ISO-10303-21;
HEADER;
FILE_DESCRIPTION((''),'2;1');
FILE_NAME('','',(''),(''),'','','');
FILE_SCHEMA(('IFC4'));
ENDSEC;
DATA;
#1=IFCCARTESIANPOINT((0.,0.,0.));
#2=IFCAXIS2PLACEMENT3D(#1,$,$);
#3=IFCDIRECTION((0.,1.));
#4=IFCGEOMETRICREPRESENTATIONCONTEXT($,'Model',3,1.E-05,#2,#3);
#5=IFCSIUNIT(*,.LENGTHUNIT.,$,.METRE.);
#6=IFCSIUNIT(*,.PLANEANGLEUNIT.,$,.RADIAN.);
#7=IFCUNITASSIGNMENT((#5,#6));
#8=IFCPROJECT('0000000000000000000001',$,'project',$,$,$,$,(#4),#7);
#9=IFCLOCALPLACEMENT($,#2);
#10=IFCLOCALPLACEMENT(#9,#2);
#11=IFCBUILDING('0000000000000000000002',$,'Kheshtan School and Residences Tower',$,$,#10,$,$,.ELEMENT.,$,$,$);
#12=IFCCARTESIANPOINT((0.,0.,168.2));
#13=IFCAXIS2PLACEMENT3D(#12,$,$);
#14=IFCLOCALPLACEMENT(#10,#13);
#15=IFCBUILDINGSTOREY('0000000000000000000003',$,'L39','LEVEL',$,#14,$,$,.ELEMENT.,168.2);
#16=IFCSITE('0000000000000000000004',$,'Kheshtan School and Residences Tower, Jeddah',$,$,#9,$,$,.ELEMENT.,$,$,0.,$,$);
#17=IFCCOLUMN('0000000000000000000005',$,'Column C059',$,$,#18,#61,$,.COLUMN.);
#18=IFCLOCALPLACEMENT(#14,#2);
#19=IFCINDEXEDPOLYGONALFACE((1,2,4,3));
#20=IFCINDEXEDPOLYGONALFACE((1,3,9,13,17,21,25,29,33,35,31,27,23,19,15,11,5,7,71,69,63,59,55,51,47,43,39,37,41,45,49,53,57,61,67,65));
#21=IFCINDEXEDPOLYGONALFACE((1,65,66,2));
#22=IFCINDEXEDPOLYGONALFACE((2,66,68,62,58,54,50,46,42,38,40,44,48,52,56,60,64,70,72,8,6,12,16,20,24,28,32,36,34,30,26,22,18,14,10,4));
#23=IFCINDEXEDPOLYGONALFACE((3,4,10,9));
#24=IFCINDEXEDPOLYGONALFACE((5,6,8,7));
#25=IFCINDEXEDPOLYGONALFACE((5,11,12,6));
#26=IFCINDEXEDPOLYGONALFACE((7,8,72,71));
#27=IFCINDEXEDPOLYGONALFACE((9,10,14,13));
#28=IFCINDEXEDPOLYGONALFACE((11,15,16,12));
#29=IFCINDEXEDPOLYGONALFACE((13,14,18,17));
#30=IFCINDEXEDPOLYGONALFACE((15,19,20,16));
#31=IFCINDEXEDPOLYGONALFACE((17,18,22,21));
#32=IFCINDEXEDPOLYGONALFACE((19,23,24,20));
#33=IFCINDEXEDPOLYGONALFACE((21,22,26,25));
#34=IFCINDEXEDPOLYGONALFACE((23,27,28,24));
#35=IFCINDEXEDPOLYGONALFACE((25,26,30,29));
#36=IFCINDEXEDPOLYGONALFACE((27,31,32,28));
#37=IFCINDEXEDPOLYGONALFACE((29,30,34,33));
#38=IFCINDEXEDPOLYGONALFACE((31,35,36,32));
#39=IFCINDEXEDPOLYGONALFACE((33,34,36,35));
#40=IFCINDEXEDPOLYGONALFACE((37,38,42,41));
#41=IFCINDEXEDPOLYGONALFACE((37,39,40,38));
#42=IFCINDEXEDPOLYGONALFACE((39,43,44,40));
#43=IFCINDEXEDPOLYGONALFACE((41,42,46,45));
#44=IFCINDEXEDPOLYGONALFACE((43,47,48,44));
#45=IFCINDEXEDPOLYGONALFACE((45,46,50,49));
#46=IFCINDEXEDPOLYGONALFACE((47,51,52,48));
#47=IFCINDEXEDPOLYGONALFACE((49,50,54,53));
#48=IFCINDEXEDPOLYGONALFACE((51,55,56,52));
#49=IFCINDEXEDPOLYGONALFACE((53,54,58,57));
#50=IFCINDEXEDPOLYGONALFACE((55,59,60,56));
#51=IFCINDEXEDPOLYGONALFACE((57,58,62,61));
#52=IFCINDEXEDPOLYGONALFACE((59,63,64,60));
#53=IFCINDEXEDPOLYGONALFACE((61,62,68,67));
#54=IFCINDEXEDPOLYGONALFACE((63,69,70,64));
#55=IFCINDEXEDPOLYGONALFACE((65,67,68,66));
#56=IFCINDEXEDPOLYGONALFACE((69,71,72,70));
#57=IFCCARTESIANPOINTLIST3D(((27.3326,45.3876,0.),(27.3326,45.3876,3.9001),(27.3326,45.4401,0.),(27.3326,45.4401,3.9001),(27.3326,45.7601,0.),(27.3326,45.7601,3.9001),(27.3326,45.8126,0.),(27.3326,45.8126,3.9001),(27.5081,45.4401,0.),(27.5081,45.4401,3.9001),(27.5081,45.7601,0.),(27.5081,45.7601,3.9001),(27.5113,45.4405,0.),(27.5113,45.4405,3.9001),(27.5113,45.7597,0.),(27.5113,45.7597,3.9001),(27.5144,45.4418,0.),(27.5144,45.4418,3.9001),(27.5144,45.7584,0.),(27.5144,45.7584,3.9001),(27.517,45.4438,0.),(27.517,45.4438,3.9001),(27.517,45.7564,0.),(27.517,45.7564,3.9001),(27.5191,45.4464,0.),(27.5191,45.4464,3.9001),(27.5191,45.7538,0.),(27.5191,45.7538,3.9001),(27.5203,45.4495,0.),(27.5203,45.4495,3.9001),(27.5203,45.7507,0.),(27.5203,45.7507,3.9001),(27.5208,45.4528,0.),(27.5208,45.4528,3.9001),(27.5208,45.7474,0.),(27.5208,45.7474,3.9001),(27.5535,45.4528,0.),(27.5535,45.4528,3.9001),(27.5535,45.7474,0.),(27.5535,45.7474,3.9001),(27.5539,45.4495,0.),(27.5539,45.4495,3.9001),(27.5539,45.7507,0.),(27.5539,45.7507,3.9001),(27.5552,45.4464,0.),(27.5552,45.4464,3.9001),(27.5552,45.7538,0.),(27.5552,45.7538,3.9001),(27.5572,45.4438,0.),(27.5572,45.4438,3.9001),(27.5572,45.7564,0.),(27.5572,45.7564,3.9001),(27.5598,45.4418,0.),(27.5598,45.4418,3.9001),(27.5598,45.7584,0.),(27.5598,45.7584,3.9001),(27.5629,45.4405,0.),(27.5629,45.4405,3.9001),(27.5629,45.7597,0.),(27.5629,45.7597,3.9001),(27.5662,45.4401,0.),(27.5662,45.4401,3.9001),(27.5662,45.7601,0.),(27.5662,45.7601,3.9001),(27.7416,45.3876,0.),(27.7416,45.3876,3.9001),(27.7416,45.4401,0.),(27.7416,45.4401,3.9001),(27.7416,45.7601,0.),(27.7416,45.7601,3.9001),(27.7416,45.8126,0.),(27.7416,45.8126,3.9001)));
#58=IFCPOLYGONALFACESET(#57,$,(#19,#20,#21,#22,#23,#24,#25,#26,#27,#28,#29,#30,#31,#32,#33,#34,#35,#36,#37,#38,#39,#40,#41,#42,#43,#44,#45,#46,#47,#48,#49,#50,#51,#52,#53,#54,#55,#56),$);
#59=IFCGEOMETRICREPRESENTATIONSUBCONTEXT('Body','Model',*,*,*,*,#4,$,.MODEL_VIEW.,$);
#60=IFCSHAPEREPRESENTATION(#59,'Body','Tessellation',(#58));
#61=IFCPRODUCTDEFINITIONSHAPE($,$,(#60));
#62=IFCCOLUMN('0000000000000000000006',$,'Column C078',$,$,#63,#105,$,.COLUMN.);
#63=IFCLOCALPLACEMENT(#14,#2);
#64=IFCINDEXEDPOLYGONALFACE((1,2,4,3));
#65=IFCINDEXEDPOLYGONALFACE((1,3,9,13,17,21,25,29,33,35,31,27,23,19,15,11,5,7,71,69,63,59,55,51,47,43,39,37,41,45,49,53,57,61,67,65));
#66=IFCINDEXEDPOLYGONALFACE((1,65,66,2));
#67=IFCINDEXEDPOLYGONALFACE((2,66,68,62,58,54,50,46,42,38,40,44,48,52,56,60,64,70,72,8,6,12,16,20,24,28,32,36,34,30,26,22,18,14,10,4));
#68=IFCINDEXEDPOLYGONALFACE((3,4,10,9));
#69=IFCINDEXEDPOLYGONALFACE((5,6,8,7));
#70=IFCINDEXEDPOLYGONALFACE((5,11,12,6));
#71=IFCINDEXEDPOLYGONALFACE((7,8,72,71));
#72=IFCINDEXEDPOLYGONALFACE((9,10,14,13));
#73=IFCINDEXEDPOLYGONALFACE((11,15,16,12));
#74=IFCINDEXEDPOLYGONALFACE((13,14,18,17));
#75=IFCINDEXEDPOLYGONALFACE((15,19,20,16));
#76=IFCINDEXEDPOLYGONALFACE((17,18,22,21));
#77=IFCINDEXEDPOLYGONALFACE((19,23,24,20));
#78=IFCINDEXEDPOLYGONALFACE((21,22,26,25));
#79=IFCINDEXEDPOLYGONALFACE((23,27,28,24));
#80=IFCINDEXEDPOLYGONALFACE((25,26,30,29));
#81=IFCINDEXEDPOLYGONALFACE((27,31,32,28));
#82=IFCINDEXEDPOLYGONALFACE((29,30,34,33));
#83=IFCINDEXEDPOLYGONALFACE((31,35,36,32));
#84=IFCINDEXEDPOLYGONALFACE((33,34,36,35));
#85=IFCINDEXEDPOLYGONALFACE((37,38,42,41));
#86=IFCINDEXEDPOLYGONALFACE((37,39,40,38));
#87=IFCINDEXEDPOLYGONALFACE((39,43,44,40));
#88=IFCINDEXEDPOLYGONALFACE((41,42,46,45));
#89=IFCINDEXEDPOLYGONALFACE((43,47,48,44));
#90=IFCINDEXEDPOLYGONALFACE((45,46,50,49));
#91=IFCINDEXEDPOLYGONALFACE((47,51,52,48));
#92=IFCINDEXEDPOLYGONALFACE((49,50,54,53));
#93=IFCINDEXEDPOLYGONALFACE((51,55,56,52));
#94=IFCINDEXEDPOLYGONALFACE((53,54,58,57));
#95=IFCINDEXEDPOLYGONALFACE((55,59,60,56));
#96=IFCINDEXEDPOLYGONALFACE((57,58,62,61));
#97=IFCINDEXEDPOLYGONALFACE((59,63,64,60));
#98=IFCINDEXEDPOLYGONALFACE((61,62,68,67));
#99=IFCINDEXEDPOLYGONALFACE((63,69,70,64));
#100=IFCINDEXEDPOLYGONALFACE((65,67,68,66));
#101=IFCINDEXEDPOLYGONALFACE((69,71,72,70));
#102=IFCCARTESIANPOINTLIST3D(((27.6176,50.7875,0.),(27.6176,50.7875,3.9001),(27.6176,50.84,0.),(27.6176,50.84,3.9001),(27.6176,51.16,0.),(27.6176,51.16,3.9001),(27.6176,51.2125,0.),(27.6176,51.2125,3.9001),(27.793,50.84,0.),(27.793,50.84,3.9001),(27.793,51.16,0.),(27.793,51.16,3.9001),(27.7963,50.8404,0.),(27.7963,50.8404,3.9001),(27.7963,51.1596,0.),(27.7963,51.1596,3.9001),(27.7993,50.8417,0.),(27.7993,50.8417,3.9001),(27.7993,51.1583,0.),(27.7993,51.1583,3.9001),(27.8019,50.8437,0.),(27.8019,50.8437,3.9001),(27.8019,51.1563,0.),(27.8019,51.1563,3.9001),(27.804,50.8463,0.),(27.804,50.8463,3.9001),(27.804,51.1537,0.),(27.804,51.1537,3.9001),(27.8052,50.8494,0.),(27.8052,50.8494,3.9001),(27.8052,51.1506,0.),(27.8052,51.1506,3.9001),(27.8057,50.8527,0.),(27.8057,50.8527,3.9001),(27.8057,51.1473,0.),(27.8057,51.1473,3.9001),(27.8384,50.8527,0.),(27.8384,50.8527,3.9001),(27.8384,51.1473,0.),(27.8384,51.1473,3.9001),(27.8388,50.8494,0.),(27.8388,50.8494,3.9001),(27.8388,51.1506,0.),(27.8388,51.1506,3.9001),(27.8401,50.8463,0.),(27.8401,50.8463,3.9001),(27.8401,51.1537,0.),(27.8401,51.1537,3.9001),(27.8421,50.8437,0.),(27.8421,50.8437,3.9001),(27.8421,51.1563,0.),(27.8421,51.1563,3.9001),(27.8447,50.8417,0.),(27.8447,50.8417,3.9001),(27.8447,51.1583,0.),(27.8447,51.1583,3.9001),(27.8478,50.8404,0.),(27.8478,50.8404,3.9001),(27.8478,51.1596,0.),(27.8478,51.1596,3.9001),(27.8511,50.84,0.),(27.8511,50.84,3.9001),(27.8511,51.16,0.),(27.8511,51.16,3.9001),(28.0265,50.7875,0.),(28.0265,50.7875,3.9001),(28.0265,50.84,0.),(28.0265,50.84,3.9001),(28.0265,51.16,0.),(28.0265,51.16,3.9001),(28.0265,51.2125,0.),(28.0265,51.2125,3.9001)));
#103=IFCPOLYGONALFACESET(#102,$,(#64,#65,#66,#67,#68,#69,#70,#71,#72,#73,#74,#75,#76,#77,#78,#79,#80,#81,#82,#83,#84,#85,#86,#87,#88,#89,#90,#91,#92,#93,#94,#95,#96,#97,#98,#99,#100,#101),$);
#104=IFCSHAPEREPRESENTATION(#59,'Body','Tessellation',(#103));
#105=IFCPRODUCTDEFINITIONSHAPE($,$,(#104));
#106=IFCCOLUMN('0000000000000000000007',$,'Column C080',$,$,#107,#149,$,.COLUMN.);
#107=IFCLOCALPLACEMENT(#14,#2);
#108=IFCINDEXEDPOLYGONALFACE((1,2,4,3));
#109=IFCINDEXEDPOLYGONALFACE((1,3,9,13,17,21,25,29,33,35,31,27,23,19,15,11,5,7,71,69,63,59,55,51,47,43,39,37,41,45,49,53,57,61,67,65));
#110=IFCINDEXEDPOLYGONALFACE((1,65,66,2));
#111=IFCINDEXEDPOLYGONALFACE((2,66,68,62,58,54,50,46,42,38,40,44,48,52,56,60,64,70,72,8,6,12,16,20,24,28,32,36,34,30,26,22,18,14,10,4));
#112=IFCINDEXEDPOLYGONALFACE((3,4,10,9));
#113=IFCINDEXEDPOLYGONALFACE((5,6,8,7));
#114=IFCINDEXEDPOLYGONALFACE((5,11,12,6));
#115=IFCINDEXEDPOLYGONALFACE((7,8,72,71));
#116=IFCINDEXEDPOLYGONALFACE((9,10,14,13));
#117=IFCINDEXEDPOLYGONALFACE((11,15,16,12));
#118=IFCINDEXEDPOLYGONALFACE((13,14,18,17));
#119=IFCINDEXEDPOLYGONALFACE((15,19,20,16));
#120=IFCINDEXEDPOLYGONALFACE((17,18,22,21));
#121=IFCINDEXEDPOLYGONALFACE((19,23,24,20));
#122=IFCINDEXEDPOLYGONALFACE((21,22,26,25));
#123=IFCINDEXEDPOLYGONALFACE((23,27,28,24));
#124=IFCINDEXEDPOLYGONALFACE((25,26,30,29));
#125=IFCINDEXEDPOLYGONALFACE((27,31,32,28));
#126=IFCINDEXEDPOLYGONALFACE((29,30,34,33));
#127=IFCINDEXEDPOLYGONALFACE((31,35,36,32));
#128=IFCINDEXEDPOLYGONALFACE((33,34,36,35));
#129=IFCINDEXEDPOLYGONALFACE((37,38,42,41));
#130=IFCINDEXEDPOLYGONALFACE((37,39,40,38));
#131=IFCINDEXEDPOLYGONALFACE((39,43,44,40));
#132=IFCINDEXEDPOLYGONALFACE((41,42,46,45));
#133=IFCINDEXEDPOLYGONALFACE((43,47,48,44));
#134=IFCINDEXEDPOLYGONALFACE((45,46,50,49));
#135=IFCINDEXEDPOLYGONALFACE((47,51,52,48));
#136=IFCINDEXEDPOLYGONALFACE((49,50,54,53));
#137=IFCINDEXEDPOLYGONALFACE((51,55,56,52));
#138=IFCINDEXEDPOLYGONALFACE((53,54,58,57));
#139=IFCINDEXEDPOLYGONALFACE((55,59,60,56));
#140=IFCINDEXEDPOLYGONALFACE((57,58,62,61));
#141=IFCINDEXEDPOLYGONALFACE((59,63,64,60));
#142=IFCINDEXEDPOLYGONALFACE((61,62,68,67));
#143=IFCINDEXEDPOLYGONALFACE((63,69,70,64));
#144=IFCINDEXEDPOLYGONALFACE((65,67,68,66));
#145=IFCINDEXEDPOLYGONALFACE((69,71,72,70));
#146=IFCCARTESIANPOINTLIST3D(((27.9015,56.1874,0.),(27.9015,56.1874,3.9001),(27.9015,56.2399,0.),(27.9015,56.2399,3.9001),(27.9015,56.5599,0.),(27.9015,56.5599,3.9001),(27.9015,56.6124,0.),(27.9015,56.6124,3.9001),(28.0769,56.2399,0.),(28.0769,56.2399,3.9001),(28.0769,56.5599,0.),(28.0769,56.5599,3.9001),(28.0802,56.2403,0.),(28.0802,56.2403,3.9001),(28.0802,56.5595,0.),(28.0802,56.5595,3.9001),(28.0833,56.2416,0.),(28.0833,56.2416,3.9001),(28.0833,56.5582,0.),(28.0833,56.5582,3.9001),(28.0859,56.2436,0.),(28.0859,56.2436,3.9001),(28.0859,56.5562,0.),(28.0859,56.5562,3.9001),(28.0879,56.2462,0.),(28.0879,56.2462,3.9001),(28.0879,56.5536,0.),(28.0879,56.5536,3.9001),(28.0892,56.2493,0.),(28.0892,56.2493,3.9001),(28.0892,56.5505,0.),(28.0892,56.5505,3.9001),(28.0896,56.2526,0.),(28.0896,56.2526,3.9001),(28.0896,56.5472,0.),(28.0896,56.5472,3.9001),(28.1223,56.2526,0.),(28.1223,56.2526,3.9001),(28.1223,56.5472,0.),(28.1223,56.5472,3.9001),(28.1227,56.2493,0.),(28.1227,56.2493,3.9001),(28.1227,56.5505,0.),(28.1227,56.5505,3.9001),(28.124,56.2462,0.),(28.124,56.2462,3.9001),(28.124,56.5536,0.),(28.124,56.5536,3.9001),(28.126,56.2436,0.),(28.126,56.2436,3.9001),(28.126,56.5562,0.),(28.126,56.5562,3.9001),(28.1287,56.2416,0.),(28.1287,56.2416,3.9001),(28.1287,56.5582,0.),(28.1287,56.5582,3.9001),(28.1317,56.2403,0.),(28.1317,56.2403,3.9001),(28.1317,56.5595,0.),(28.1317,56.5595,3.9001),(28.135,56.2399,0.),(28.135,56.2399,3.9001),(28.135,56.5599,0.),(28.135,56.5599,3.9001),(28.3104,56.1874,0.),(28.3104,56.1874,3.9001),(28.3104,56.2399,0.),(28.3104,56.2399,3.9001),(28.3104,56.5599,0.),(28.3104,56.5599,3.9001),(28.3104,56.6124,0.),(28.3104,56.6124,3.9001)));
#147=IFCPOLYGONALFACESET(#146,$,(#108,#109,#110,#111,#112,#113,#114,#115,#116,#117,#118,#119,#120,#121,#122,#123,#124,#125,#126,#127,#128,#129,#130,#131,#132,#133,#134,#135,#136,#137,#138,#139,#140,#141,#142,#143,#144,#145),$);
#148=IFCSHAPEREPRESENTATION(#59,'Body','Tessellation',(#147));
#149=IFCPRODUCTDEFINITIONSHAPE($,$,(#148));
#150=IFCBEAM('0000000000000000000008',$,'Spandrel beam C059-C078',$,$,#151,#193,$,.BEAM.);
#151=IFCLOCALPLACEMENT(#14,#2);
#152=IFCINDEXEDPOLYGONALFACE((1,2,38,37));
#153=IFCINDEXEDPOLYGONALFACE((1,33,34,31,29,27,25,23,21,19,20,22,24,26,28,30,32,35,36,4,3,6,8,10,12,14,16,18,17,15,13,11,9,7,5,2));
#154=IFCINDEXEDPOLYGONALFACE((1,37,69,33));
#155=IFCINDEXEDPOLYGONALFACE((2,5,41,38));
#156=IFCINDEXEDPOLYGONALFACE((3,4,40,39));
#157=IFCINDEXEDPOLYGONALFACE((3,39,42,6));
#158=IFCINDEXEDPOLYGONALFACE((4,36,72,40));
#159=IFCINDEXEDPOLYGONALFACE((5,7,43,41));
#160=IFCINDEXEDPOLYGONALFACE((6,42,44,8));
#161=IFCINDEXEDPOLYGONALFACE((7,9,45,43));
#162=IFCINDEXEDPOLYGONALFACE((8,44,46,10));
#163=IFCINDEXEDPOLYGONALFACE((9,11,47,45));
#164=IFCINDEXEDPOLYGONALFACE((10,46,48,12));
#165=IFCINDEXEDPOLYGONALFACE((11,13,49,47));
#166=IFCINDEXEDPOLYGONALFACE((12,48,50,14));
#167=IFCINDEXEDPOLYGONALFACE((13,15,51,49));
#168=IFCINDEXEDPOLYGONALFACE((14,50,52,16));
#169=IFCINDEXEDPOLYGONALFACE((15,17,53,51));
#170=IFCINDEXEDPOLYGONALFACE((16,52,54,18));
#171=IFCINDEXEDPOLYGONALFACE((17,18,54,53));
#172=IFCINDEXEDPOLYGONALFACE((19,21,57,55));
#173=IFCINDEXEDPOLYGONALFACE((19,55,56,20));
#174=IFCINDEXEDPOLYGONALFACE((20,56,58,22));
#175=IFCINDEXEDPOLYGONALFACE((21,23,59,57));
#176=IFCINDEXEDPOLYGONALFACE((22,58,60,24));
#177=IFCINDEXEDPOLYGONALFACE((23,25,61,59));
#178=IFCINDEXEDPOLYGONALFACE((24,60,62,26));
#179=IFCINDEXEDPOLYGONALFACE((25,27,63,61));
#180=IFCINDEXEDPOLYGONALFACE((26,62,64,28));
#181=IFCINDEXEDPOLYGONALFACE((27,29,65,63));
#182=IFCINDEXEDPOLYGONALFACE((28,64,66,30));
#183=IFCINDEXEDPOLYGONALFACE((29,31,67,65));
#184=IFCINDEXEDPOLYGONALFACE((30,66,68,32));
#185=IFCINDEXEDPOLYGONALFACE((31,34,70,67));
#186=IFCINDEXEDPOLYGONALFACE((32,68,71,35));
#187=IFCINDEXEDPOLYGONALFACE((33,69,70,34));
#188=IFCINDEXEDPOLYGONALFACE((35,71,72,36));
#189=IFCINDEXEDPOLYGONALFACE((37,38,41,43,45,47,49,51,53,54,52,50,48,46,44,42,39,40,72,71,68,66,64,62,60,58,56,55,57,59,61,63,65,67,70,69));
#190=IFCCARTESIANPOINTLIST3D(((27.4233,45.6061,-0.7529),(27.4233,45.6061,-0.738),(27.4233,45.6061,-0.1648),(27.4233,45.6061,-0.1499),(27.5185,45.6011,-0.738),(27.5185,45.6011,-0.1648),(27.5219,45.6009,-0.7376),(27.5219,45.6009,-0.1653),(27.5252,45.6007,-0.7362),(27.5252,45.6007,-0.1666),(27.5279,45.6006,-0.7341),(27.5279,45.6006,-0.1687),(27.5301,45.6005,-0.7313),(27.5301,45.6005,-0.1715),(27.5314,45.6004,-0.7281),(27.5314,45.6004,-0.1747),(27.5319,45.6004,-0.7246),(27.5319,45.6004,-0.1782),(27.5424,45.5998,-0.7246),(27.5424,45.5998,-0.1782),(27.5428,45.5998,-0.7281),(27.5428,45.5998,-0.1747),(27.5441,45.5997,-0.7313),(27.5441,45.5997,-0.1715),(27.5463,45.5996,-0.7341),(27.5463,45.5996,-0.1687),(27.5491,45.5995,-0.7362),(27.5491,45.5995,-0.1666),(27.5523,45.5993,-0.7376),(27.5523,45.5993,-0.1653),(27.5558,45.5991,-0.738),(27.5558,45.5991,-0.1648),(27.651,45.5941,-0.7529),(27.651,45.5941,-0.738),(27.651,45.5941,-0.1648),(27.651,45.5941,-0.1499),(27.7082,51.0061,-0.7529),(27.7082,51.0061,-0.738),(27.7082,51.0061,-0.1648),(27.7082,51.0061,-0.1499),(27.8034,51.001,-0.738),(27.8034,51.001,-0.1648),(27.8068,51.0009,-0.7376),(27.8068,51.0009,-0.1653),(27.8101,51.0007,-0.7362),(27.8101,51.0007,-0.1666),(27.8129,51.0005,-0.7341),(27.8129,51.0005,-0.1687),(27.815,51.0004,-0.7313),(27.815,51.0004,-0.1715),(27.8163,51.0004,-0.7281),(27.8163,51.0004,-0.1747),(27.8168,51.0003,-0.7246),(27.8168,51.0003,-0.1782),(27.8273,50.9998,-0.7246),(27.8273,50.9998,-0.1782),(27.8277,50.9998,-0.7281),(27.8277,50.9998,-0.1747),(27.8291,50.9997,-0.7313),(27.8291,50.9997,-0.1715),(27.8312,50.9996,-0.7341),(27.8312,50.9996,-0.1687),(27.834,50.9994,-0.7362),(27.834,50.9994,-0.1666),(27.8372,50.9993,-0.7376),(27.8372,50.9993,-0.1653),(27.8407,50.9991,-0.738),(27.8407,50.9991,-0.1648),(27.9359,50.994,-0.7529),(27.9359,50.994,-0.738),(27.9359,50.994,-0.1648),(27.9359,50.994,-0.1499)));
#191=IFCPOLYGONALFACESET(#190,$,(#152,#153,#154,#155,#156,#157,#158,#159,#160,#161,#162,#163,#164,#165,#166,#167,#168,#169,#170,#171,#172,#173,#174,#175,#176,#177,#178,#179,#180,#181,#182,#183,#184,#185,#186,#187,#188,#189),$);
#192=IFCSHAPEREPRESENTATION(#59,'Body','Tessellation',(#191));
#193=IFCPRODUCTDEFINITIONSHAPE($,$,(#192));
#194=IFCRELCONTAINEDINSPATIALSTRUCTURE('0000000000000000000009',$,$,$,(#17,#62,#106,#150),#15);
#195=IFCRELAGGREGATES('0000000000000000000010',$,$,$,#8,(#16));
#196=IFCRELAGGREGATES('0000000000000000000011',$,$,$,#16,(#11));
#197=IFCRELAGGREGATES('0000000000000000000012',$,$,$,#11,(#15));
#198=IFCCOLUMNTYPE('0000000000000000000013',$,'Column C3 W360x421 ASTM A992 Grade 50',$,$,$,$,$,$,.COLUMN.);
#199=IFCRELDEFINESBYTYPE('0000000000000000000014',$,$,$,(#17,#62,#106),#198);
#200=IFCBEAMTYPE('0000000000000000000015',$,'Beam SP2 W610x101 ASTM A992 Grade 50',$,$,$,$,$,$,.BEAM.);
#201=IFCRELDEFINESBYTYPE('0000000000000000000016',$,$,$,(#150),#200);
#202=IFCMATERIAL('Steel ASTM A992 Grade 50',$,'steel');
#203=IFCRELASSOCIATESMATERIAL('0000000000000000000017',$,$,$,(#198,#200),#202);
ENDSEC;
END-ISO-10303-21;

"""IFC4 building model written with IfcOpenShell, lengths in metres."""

from ifc_helpers import new_model, si_unit, direction, frame, origin, origin_2d, place, context, subcontext, project, spatial, i_section, extrude, material, material_profile, profile_set, type_object, element, save


model = new_model("IFC4")

# Units and contexts
model_context = context("Model", 3, precision=1e-05, world=origin(), true_north=direction((0.0, 1.0)))
body_context = subcontext(model_context, "Body", "Model", "MODEL_VIEW")
ifc_project = project(units=[si_unit("LENGTHUNIT", "METRE"), si_unit("PLANEANGLEUNIT", "RADIAN")], contexts=[model_context])

# Site, building, storey
site_placement = place(None, origin())
site = spatial("IfcSite", under=ifc_project, at=site_placement, Name="Kheshtan School and Residences Tower, Jeddah", CompositionType="ELEMENT", RefElevation=0.0)
building_placement = place(site_placement, origin())
building = spatial("IfcBuilding", under=site, at=building_placement, Name="Kheshtan School and Residences Tower", CompositionType="ELEMENT")
storey_placement = place(building_placement, frame((0.0, 0.0, 168.2)))
storey = spatial("IfcBuildingStorey", under=building, at=storey_placement, Name="L39", Description="LEVEL", CompositionType="ELEMENT", Elevation=168.2)

# Columns
ifc_material_1 = material(Name="Steel ASTM A992 Grade 50", Category="steel")
ifc_material_profile_1 = material_profile(ifc_material_1, i_section(OverallWidth=0.4089, OverallDepth=0.425, WebThickness=0.0327, FlangeThickness=0.0525, FilletRadius=0.0127, at=origin_2d()), Name="W360x421")
ifc_profile_set_1 = profile_set([ifc_material_profile_1], Name="Steel ASTM A992 Grade 50")
column_type = type_object("IfcColumnType", Name="Column C3 W360x421 ASTM A992 Grade 50", PredefinedType="COLUMN", material=ifc_profile_set_1)
for number, where, z_axis, x_axis, name in (
    (1, (27.5371, 45.6001, 0.0), (0.0, 0.0, 1.0), (1.0, 0.0, 0.0), "Column C059"),
    (2, (27.822, 51.0, 0.0), (0.0, 0.0, 1.0), (1.0, 0.0, 0.0), "Column C078"),
    (3, (28.106, 56.3999, 0.0), (0.0, 0.0, 1.0), (1.0, 0.0, 0.0), "Column C080"),
):
    element("IfcColumn", number, at=place(storey_placement, frame(where, z_axis=z_axis, x_axis=x_axis)), inside=storey, type_object=column_type, Name=name, PredefinedType="COLUMN", context=body_context, shape_type="SweptSolid", body=[
        extrude(i_section(OverallWidth=0.4089, OverallDepth=0.425, WebThickness=0.0327, FlangeThickness=0.0525, FilletRadius=0.0127, at=origin_2d()), origin(), (0.0, 0.0, 1.0), 3.9001),
    ])

# Beam
ifc_material_profile_2 = material_profile(ifc_material_1, i_section(OverallWidth=0.228, OverallDepth=0.603, WebThickness=0.0105, FlangeThickness=0.0149, FilletRadius=0.0134, at=origin_2d()), Name="W610x101")
ifc_profile_set_2 = profile_set([ifc_material_profile_2], Name="Steel ASTM A992 Grade 50")
beam_type = type_object("IfcBeamType", Name="Beam SP2 W610x101 ASTM A992 Grade 50", PredefinedType="BEAM", material=ifc_profile_set_2)
for number, where, z_axis, x_axis, name in (
    (4, (27.5371, 45.6001, -0.4514), (0.052689, 0.998611, 0.0), (-0.998611, 0.052689, 0.0), "Spandrel beam C059-C078"),
):
    element("IfcBeam", number, at=place(storey_placement, frame(where, z_axis=z_axis, x_axis=x_axis)), inside=storey, type_object=beam_type, Name=name, PredefinedType="BEAM", context=body_context, shape_type="SweptSolid", body=[
        extrude(i_section(OverallWidth=0.228, OverallDepth=0.603, WebThickness=0.0105, FlangeThickness=0.0149, FilletRadius=0.0134, at=origin_2d()), origin(), (0.0, 0.0, 1.0), 5.4075),
    ])

save(model, "model.ifc")
